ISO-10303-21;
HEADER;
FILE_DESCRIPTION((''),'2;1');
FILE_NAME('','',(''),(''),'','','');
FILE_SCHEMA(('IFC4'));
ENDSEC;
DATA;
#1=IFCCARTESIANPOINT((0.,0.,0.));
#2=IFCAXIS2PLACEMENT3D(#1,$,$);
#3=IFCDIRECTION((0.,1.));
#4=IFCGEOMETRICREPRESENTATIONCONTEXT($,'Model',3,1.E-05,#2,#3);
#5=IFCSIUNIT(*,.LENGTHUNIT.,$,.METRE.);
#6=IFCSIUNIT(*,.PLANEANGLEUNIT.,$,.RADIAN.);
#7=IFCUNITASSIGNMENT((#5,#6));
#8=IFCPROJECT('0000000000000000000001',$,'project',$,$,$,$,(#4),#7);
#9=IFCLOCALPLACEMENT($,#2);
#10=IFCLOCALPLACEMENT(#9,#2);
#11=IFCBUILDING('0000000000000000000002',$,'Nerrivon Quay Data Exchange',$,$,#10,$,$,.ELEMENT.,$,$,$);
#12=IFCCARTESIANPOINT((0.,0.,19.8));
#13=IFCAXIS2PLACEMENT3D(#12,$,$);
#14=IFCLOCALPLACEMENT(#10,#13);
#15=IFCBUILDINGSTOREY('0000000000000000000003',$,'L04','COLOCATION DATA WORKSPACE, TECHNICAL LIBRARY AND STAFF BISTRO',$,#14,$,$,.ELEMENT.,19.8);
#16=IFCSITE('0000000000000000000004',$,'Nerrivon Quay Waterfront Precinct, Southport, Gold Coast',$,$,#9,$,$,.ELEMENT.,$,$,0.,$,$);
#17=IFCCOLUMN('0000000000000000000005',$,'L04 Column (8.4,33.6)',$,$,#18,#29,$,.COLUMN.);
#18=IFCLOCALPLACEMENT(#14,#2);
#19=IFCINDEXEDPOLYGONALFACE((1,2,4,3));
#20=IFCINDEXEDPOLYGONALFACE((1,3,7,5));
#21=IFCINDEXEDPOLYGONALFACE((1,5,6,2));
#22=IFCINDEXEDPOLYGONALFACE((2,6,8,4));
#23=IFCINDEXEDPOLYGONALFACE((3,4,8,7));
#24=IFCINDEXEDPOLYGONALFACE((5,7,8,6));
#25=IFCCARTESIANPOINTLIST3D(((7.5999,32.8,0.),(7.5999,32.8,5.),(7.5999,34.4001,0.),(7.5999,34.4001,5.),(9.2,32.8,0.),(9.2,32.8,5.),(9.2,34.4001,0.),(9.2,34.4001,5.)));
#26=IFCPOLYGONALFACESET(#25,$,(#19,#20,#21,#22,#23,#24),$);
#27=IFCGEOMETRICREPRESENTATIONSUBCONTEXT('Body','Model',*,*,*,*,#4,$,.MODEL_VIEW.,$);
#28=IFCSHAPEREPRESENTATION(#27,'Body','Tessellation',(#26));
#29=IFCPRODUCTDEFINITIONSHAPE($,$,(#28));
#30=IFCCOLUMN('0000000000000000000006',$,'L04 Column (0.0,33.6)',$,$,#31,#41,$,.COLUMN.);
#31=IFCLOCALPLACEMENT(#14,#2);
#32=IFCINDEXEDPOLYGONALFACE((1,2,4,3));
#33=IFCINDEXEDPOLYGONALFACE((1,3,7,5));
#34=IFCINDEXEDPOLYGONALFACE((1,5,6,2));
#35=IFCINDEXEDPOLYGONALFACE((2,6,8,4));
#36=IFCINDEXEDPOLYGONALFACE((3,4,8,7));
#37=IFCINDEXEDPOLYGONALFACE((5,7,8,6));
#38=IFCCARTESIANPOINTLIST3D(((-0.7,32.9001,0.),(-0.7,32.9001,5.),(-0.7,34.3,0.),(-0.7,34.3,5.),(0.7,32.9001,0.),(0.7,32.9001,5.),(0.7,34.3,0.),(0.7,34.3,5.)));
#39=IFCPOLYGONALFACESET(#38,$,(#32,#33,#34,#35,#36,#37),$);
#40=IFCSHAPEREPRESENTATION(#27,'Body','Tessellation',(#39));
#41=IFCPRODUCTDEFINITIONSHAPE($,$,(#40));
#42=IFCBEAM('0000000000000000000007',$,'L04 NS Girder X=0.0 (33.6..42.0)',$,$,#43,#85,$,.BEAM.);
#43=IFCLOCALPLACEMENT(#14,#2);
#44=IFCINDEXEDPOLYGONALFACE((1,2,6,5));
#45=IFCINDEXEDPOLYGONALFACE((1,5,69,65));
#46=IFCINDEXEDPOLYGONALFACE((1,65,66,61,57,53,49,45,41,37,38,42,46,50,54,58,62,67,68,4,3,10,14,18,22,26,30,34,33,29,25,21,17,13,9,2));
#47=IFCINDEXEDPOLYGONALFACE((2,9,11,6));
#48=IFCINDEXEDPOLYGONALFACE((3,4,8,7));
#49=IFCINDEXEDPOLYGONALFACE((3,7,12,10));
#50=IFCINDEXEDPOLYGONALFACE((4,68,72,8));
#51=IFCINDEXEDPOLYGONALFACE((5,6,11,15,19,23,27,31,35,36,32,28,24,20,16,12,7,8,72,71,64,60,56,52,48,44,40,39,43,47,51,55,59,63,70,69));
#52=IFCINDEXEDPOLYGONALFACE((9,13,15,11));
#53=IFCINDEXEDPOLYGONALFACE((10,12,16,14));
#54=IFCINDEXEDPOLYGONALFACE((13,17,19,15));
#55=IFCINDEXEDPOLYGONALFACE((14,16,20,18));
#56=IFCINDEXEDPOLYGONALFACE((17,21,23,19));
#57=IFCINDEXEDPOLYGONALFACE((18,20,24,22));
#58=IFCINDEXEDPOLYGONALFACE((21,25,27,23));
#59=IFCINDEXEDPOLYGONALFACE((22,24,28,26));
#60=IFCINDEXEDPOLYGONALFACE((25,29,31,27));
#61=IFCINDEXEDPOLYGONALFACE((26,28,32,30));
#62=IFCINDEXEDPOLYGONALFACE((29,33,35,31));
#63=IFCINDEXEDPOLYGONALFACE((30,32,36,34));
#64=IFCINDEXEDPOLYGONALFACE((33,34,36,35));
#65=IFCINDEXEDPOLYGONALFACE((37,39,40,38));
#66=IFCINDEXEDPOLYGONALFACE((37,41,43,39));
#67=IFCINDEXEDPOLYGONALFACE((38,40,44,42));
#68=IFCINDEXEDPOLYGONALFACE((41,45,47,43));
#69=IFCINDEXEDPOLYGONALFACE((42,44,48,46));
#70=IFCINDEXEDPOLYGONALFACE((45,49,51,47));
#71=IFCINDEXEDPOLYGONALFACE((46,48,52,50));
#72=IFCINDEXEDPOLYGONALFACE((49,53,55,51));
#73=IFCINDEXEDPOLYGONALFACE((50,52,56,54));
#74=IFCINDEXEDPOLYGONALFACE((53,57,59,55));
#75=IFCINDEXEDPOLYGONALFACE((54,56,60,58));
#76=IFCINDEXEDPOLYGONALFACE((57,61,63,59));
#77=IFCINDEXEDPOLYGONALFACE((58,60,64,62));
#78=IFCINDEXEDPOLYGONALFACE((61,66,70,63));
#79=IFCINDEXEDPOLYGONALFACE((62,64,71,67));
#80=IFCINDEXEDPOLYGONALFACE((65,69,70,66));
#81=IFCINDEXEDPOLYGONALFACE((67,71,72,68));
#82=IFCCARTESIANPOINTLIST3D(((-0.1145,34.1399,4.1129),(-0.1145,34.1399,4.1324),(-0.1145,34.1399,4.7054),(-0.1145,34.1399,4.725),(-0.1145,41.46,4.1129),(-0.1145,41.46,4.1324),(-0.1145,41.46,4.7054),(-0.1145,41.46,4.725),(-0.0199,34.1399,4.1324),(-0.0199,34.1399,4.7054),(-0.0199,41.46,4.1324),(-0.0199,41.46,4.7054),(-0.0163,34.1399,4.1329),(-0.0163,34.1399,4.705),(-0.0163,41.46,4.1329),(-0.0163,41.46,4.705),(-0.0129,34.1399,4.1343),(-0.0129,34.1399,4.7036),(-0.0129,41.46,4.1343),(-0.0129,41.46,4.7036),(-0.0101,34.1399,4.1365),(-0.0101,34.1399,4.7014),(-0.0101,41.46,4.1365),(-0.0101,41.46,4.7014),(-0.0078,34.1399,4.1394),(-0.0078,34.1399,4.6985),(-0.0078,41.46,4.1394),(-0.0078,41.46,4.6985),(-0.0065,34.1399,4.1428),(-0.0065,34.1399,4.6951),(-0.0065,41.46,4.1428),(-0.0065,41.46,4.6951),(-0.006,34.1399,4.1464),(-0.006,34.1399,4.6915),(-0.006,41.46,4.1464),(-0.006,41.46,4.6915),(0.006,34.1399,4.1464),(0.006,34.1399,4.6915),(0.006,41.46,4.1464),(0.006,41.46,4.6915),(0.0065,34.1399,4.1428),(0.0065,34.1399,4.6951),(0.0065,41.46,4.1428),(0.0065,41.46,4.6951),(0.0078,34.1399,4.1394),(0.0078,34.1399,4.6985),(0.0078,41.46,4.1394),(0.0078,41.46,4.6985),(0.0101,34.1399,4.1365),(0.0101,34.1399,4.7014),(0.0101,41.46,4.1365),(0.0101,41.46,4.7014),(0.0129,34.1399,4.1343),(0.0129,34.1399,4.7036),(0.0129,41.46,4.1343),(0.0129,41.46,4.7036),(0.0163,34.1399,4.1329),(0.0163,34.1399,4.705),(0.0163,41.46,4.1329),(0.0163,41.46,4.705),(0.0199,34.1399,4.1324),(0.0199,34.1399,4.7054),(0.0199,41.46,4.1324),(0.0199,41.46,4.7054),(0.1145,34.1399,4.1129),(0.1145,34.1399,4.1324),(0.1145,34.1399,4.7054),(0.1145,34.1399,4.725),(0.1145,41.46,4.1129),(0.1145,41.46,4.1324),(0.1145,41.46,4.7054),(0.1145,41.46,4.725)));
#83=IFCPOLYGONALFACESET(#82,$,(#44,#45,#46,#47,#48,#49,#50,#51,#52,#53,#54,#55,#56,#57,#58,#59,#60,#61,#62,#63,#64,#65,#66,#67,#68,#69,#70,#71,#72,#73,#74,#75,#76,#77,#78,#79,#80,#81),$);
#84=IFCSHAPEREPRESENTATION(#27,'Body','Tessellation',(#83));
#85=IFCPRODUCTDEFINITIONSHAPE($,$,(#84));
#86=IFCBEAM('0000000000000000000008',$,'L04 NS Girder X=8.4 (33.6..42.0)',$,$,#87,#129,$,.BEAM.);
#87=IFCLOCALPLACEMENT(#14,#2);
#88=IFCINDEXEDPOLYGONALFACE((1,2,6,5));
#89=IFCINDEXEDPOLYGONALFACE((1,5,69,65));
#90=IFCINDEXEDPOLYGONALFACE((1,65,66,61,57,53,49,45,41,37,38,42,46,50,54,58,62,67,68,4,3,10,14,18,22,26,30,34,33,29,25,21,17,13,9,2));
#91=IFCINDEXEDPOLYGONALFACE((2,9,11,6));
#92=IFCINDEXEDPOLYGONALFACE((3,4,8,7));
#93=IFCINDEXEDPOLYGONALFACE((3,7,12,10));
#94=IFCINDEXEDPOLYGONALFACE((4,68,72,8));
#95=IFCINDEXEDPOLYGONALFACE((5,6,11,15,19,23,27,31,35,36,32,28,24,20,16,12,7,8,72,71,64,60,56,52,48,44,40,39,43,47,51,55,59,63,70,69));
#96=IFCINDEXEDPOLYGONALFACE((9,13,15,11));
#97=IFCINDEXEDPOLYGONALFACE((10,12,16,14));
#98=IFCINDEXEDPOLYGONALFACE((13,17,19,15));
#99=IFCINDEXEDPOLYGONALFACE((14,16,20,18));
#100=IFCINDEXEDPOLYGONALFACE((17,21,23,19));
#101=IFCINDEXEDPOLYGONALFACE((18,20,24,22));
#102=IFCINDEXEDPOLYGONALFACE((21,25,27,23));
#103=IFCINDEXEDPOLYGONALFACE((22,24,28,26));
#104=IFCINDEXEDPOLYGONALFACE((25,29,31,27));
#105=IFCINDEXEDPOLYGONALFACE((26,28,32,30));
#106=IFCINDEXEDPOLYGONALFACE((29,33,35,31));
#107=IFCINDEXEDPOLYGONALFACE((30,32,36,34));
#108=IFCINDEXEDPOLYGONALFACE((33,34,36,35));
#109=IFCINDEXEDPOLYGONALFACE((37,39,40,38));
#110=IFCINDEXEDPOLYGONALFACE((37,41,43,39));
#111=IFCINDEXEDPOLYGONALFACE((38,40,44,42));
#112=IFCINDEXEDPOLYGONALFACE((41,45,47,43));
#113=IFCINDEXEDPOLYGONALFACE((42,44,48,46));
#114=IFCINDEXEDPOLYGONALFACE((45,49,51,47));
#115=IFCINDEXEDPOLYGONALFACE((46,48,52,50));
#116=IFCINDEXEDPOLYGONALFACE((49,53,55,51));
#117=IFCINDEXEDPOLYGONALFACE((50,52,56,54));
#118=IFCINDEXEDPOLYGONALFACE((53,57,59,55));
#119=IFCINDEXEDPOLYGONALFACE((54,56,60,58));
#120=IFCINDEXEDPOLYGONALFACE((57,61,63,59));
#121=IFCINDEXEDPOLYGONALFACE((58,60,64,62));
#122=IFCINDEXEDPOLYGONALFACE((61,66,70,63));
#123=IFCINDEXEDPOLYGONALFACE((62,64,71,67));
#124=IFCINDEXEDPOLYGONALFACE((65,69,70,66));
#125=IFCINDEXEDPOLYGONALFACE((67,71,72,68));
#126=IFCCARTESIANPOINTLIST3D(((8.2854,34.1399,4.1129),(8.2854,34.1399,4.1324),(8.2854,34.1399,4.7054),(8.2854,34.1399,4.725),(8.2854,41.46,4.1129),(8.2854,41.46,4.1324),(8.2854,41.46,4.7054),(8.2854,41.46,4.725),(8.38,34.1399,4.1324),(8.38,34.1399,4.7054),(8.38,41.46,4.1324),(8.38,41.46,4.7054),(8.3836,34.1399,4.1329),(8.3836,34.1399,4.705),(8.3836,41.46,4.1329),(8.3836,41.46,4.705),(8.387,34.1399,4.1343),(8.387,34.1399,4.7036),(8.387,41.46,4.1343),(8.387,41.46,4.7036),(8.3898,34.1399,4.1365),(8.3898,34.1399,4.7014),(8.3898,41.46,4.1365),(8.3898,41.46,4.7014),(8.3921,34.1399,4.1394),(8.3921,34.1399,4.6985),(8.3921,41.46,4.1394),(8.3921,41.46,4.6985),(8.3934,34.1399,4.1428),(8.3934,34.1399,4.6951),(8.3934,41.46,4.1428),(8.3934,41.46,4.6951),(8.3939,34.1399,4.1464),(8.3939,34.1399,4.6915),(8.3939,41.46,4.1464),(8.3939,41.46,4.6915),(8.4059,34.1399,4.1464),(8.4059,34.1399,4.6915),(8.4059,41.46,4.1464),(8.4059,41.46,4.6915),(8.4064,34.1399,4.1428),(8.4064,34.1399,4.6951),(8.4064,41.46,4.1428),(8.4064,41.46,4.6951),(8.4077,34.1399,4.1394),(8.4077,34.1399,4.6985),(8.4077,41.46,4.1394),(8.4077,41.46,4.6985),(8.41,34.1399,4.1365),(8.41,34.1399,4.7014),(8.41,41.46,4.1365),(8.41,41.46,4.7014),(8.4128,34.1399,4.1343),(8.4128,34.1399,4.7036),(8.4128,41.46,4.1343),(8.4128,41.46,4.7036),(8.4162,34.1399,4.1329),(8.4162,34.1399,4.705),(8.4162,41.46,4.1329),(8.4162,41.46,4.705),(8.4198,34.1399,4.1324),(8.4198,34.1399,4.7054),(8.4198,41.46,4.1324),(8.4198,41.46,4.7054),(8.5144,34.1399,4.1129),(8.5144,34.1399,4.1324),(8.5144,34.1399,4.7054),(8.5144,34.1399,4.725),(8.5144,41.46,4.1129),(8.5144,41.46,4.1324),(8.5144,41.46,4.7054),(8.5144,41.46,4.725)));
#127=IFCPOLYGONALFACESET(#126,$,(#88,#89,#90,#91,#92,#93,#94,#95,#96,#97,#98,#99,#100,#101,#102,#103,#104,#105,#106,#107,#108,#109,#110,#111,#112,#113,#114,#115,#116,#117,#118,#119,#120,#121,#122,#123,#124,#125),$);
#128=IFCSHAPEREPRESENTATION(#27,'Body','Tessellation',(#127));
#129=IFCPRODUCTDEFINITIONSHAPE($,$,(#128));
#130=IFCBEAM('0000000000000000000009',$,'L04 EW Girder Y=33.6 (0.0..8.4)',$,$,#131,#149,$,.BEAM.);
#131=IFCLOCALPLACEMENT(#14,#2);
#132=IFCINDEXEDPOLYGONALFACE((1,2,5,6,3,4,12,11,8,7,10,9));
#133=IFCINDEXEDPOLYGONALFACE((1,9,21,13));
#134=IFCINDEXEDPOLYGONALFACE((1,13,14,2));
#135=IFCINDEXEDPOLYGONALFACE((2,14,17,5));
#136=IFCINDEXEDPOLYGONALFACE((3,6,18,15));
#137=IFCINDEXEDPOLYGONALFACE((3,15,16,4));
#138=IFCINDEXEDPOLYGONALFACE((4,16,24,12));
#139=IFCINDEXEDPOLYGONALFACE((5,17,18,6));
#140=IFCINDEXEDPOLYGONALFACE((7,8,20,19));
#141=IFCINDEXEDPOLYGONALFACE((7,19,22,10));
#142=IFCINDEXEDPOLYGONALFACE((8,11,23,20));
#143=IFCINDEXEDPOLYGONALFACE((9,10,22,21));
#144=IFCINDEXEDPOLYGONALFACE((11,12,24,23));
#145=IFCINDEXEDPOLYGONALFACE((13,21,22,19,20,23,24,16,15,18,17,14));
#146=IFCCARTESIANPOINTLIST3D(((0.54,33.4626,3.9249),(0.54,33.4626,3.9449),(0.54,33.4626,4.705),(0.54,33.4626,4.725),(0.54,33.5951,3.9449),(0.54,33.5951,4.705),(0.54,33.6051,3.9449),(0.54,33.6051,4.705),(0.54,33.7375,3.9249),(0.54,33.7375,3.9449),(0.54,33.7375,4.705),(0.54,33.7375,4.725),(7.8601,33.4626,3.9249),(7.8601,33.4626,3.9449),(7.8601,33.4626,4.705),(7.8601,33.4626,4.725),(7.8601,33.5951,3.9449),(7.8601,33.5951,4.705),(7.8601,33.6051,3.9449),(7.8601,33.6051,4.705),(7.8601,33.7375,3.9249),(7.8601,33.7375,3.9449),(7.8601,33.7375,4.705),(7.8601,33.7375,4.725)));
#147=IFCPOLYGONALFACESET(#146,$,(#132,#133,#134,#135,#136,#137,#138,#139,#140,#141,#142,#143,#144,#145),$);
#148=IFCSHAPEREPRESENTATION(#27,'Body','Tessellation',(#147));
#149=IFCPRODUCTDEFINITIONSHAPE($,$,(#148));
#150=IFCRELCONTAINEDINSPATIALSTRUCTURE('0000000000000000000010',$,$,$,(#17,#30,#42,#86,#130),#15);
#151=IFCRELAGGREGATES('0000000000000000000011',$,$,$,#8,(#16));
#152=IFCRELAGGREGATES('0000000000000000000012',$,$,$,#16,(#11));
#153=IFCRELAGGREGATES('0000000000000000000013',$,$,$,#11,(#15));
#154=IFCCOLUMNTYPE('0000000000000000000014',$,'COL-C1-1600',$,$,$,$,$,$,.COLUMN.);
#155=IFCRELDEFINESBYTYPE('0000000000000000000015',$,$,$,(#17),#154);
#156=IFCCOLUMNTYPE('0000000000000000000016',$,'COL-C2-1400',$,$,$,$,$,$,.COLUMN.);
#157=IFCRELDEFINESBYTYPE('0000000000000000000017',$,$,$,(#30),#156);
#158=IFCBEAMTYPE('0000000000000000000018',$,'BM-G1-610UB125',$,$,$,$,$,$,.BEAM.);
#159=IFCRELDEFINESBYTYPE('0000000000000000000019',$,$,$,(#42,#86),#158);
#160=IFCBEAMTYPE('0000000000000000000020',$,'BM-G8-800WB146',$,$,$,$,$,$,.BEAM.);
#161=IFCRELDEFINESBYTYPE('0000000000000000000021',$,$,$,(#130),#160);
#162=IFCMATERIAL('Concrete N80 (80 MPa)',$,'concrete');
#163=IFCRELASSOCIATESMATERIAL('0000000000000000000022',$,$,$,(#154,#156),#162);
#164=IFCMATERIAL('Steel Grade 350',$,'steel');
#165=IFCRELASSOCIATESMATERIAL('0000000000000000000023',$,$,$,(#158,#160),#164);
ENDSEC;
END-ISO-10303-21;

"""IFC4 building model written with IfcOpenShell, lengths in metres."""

from ifc_helpers import new_model, si_unit, direction, frame, origin, origin_2d, place, context, subcontext, project, spatial, rectangle, i_section, extrude, material, material_profile, profile_set, type_object, element, save


model = new_model("IFC4")

# Units and contexts
model_context = context("Model", 3, precision=1e-05, world=origin(), true_north=direction((0.0, 1.0)))
body_context = subcontext(model_context, "Body", "Model", "MODEL_VIEW")
ifc_project = project(units=[si_unit("LENGTHUNIT", "METRE"), si_unit("PLANEANGLEUNIT", "RADIAN")], contexts=[model_context])

# Site, building, storey
site_placement = place(None, origin())
site = spatial("IfcSite", under=ifc_project, at=site_placement, Name="Nerrivon Quay Waterfront Precinct, Southport, Gold Coast", CompositionType="ELEMENT", RefElevation=0.0)
building_placement = place(site_placement, origin())
building = spatial("IfcBuilding", under=site, at=building_placement, Name="Nerrivon Quay Data Exchange", CompositionType="ELEMENT")
storey_placement = place(building_placement, frame((0.0, 0.0, 19.8)))
storey = spatial("IfcBuildingStorey", under=building, at=storey_placement, Name="L04", Description="COLOCATION DATA WORKSPACE, TECHNICAL LIBRARY AND STAFF BISTRO", CompositionType="ELEMENT", Elevation=19.8)

# Columns
ifc_material_1 = material(Name="Concrete N80 (80 MPa)", Category="concrete")
ifc_material_profile_1 = material_profile(ifc_material_1, rectangle(XDim=1.6001, YDim=1.6001, at=origin_2d()), Name="RC-COL-1600x1600")
ifc_profile_set_1 = profile_set([ifc_material_profile_1], Name="Concrete N80 (80 MPa)")
column_type_1 = type_object("IfcColumnType", Name="COL-C1-1600", PredefinedType="COLUMN", material=ifc_profile_set_1)
column_1_placement = place(storey_placement, frame((8.3999, 33.6001, 0.0), z_axis=(0.0, 0.0, 1.0), x_axis=(1.0, 0.0, 0.0)))
element("IfcColumn", 1, at=column_1_placement, inside=storey, type_object=column_type_1, Name="L04 Column (8.4,33.6)", PredefinedType="COLUMN", context=body_context, shape_type="SweptSolid", body=[
    extrude(rectangle(XDim=1.6001, YDim=1.6001, at=origin_2d()), origin(), (0.0, 0.0, 1.0), 5.0),
])
ifc_material_profile_2 = material_profile(ifc_material_1, rectangle(XDim=1.3999, YDim=1.3999, at=origin_2d()), Name="RC-COL-1400x1400")
ifc_profile_set_2 = profile_set([ifc_material_profile_2], Name="Concrete N80 (80 MPa)")
column_type_2 = type_object("IfcColumnType", Name="COL-C2-1400", PredefinedType="COLUMN", material=ifc_profile_set_2)
column_2_placement = place(storey_placement, frame((0.0, 33.6001, 0.0), z_axis=(0.0, 0.0, 1.0), x_axis=(1.0, 0.0, 0.0)))
element("IfcColumn", 2, at=column_2_placement, inside=storey, type_object=column_type_2, Name="L04 Column (0.0,33.6)", PredefinedType="COLUMN", context=body_context, shape_type="SweptSolid", body=[
    extrude(rectangle(XDim=1.3999, YDim=1.3999, at=origin_2d()), origin(), (0.0, 0.0, 1.0), 5.0),
])

# Beams
ifc_material_2 = material(Name="Steel Grade 350", Category="steel")
ifc_material_profile_3 = material_profile(ifc_material_2, i_section(OverallWidth=0.229, OverallDepth=0.6121, WebThickness=0.012, FlangeThickness=0.0195, FilletRadius=0.0139, at=origin_2d()), Name="610UB125")
ifc_profile_set_3 = profile_set([ifc_material_profile_3], Name="Steel Grade 350")
beam_type_1 = type_object("IfcBeamType", Name="BM-G1-610UB125", PredefinedType="BEAM", material=ifc_profile_set_3)
for number, where, z_axis, x_axis, name in (
    (3, (0.0, 34.1399, 4.4189), (0.0, 1.0, 0.0), (-1.0, 0.0, 0.0), "L04 NS Girder X=0.0 (33.6..42.0)"),
    (4, (8.3999, 34.1399, 4.4189), (0.0, 1.0, 0.0), (-1.0, 0.0, 0.0), "L04 NS Girder X=8.4 (33.6..42.0)"),
):
    element("IfcBeam", number, at=place(storey_placement, frame(where, z_axis=z_axis, x_axis=x_axis)), inside=storey, type_object=beam_type_1, Name=name, PredefinedType="BEAM", context=body_context, shape_type="SweptSolid", body=[
        extrude(i_section(OverallWidth=0.229, OverallDepth=0.6121, WebThickness=0.012, FlangeThickness=0.0195, FilletRadius=0.0139, at=origin_2d()), origin(), (0.0, 0.0, 1.0), 7.3201),
    ])
ifc_material_profile_4 = material_profile(ifc_material_2, i_section(OverallWidth=0.2749, OverallDepth=0.8, WebThickness=0.01, FlangeThickness=0.02, at=origin_2d()), Name="800WB146")
ifc_profile_set_4 = profile_set([ifc_material_profile_4], Name="Steel Grade 350")
beam_type_2 = type_object("IfcBeamType", Name="BM-G8-800WB146", PredefinedType="BEAM", material=ifc_profile_set_4)
beam_1_placement = place(storey_placement, frame((0.54, 33.6001, 4.325), z_axis=(1.0, 0.0, 0.0), x_axis=(0.0, 1.0, 0.0)))
element("IfcBeam", 5, at=beam_1_placement, inside=storey, type_object=beam_type_2, Name="L04 EW Girder Y=33.6 (0.0..8.4)", PredefinedType="BEAM", context=body_context, shape_type="SweptSolid", body=[
    extrude(i_section(OverallWidth=0.2749, OverallDepth=0.8, WebThickness=0.01, FlangeThickness=0.02, at=origin_2d()), origin(), (0.0, 0.0, 1.0), 7.3201),
])

save(model, "model.ifc")
